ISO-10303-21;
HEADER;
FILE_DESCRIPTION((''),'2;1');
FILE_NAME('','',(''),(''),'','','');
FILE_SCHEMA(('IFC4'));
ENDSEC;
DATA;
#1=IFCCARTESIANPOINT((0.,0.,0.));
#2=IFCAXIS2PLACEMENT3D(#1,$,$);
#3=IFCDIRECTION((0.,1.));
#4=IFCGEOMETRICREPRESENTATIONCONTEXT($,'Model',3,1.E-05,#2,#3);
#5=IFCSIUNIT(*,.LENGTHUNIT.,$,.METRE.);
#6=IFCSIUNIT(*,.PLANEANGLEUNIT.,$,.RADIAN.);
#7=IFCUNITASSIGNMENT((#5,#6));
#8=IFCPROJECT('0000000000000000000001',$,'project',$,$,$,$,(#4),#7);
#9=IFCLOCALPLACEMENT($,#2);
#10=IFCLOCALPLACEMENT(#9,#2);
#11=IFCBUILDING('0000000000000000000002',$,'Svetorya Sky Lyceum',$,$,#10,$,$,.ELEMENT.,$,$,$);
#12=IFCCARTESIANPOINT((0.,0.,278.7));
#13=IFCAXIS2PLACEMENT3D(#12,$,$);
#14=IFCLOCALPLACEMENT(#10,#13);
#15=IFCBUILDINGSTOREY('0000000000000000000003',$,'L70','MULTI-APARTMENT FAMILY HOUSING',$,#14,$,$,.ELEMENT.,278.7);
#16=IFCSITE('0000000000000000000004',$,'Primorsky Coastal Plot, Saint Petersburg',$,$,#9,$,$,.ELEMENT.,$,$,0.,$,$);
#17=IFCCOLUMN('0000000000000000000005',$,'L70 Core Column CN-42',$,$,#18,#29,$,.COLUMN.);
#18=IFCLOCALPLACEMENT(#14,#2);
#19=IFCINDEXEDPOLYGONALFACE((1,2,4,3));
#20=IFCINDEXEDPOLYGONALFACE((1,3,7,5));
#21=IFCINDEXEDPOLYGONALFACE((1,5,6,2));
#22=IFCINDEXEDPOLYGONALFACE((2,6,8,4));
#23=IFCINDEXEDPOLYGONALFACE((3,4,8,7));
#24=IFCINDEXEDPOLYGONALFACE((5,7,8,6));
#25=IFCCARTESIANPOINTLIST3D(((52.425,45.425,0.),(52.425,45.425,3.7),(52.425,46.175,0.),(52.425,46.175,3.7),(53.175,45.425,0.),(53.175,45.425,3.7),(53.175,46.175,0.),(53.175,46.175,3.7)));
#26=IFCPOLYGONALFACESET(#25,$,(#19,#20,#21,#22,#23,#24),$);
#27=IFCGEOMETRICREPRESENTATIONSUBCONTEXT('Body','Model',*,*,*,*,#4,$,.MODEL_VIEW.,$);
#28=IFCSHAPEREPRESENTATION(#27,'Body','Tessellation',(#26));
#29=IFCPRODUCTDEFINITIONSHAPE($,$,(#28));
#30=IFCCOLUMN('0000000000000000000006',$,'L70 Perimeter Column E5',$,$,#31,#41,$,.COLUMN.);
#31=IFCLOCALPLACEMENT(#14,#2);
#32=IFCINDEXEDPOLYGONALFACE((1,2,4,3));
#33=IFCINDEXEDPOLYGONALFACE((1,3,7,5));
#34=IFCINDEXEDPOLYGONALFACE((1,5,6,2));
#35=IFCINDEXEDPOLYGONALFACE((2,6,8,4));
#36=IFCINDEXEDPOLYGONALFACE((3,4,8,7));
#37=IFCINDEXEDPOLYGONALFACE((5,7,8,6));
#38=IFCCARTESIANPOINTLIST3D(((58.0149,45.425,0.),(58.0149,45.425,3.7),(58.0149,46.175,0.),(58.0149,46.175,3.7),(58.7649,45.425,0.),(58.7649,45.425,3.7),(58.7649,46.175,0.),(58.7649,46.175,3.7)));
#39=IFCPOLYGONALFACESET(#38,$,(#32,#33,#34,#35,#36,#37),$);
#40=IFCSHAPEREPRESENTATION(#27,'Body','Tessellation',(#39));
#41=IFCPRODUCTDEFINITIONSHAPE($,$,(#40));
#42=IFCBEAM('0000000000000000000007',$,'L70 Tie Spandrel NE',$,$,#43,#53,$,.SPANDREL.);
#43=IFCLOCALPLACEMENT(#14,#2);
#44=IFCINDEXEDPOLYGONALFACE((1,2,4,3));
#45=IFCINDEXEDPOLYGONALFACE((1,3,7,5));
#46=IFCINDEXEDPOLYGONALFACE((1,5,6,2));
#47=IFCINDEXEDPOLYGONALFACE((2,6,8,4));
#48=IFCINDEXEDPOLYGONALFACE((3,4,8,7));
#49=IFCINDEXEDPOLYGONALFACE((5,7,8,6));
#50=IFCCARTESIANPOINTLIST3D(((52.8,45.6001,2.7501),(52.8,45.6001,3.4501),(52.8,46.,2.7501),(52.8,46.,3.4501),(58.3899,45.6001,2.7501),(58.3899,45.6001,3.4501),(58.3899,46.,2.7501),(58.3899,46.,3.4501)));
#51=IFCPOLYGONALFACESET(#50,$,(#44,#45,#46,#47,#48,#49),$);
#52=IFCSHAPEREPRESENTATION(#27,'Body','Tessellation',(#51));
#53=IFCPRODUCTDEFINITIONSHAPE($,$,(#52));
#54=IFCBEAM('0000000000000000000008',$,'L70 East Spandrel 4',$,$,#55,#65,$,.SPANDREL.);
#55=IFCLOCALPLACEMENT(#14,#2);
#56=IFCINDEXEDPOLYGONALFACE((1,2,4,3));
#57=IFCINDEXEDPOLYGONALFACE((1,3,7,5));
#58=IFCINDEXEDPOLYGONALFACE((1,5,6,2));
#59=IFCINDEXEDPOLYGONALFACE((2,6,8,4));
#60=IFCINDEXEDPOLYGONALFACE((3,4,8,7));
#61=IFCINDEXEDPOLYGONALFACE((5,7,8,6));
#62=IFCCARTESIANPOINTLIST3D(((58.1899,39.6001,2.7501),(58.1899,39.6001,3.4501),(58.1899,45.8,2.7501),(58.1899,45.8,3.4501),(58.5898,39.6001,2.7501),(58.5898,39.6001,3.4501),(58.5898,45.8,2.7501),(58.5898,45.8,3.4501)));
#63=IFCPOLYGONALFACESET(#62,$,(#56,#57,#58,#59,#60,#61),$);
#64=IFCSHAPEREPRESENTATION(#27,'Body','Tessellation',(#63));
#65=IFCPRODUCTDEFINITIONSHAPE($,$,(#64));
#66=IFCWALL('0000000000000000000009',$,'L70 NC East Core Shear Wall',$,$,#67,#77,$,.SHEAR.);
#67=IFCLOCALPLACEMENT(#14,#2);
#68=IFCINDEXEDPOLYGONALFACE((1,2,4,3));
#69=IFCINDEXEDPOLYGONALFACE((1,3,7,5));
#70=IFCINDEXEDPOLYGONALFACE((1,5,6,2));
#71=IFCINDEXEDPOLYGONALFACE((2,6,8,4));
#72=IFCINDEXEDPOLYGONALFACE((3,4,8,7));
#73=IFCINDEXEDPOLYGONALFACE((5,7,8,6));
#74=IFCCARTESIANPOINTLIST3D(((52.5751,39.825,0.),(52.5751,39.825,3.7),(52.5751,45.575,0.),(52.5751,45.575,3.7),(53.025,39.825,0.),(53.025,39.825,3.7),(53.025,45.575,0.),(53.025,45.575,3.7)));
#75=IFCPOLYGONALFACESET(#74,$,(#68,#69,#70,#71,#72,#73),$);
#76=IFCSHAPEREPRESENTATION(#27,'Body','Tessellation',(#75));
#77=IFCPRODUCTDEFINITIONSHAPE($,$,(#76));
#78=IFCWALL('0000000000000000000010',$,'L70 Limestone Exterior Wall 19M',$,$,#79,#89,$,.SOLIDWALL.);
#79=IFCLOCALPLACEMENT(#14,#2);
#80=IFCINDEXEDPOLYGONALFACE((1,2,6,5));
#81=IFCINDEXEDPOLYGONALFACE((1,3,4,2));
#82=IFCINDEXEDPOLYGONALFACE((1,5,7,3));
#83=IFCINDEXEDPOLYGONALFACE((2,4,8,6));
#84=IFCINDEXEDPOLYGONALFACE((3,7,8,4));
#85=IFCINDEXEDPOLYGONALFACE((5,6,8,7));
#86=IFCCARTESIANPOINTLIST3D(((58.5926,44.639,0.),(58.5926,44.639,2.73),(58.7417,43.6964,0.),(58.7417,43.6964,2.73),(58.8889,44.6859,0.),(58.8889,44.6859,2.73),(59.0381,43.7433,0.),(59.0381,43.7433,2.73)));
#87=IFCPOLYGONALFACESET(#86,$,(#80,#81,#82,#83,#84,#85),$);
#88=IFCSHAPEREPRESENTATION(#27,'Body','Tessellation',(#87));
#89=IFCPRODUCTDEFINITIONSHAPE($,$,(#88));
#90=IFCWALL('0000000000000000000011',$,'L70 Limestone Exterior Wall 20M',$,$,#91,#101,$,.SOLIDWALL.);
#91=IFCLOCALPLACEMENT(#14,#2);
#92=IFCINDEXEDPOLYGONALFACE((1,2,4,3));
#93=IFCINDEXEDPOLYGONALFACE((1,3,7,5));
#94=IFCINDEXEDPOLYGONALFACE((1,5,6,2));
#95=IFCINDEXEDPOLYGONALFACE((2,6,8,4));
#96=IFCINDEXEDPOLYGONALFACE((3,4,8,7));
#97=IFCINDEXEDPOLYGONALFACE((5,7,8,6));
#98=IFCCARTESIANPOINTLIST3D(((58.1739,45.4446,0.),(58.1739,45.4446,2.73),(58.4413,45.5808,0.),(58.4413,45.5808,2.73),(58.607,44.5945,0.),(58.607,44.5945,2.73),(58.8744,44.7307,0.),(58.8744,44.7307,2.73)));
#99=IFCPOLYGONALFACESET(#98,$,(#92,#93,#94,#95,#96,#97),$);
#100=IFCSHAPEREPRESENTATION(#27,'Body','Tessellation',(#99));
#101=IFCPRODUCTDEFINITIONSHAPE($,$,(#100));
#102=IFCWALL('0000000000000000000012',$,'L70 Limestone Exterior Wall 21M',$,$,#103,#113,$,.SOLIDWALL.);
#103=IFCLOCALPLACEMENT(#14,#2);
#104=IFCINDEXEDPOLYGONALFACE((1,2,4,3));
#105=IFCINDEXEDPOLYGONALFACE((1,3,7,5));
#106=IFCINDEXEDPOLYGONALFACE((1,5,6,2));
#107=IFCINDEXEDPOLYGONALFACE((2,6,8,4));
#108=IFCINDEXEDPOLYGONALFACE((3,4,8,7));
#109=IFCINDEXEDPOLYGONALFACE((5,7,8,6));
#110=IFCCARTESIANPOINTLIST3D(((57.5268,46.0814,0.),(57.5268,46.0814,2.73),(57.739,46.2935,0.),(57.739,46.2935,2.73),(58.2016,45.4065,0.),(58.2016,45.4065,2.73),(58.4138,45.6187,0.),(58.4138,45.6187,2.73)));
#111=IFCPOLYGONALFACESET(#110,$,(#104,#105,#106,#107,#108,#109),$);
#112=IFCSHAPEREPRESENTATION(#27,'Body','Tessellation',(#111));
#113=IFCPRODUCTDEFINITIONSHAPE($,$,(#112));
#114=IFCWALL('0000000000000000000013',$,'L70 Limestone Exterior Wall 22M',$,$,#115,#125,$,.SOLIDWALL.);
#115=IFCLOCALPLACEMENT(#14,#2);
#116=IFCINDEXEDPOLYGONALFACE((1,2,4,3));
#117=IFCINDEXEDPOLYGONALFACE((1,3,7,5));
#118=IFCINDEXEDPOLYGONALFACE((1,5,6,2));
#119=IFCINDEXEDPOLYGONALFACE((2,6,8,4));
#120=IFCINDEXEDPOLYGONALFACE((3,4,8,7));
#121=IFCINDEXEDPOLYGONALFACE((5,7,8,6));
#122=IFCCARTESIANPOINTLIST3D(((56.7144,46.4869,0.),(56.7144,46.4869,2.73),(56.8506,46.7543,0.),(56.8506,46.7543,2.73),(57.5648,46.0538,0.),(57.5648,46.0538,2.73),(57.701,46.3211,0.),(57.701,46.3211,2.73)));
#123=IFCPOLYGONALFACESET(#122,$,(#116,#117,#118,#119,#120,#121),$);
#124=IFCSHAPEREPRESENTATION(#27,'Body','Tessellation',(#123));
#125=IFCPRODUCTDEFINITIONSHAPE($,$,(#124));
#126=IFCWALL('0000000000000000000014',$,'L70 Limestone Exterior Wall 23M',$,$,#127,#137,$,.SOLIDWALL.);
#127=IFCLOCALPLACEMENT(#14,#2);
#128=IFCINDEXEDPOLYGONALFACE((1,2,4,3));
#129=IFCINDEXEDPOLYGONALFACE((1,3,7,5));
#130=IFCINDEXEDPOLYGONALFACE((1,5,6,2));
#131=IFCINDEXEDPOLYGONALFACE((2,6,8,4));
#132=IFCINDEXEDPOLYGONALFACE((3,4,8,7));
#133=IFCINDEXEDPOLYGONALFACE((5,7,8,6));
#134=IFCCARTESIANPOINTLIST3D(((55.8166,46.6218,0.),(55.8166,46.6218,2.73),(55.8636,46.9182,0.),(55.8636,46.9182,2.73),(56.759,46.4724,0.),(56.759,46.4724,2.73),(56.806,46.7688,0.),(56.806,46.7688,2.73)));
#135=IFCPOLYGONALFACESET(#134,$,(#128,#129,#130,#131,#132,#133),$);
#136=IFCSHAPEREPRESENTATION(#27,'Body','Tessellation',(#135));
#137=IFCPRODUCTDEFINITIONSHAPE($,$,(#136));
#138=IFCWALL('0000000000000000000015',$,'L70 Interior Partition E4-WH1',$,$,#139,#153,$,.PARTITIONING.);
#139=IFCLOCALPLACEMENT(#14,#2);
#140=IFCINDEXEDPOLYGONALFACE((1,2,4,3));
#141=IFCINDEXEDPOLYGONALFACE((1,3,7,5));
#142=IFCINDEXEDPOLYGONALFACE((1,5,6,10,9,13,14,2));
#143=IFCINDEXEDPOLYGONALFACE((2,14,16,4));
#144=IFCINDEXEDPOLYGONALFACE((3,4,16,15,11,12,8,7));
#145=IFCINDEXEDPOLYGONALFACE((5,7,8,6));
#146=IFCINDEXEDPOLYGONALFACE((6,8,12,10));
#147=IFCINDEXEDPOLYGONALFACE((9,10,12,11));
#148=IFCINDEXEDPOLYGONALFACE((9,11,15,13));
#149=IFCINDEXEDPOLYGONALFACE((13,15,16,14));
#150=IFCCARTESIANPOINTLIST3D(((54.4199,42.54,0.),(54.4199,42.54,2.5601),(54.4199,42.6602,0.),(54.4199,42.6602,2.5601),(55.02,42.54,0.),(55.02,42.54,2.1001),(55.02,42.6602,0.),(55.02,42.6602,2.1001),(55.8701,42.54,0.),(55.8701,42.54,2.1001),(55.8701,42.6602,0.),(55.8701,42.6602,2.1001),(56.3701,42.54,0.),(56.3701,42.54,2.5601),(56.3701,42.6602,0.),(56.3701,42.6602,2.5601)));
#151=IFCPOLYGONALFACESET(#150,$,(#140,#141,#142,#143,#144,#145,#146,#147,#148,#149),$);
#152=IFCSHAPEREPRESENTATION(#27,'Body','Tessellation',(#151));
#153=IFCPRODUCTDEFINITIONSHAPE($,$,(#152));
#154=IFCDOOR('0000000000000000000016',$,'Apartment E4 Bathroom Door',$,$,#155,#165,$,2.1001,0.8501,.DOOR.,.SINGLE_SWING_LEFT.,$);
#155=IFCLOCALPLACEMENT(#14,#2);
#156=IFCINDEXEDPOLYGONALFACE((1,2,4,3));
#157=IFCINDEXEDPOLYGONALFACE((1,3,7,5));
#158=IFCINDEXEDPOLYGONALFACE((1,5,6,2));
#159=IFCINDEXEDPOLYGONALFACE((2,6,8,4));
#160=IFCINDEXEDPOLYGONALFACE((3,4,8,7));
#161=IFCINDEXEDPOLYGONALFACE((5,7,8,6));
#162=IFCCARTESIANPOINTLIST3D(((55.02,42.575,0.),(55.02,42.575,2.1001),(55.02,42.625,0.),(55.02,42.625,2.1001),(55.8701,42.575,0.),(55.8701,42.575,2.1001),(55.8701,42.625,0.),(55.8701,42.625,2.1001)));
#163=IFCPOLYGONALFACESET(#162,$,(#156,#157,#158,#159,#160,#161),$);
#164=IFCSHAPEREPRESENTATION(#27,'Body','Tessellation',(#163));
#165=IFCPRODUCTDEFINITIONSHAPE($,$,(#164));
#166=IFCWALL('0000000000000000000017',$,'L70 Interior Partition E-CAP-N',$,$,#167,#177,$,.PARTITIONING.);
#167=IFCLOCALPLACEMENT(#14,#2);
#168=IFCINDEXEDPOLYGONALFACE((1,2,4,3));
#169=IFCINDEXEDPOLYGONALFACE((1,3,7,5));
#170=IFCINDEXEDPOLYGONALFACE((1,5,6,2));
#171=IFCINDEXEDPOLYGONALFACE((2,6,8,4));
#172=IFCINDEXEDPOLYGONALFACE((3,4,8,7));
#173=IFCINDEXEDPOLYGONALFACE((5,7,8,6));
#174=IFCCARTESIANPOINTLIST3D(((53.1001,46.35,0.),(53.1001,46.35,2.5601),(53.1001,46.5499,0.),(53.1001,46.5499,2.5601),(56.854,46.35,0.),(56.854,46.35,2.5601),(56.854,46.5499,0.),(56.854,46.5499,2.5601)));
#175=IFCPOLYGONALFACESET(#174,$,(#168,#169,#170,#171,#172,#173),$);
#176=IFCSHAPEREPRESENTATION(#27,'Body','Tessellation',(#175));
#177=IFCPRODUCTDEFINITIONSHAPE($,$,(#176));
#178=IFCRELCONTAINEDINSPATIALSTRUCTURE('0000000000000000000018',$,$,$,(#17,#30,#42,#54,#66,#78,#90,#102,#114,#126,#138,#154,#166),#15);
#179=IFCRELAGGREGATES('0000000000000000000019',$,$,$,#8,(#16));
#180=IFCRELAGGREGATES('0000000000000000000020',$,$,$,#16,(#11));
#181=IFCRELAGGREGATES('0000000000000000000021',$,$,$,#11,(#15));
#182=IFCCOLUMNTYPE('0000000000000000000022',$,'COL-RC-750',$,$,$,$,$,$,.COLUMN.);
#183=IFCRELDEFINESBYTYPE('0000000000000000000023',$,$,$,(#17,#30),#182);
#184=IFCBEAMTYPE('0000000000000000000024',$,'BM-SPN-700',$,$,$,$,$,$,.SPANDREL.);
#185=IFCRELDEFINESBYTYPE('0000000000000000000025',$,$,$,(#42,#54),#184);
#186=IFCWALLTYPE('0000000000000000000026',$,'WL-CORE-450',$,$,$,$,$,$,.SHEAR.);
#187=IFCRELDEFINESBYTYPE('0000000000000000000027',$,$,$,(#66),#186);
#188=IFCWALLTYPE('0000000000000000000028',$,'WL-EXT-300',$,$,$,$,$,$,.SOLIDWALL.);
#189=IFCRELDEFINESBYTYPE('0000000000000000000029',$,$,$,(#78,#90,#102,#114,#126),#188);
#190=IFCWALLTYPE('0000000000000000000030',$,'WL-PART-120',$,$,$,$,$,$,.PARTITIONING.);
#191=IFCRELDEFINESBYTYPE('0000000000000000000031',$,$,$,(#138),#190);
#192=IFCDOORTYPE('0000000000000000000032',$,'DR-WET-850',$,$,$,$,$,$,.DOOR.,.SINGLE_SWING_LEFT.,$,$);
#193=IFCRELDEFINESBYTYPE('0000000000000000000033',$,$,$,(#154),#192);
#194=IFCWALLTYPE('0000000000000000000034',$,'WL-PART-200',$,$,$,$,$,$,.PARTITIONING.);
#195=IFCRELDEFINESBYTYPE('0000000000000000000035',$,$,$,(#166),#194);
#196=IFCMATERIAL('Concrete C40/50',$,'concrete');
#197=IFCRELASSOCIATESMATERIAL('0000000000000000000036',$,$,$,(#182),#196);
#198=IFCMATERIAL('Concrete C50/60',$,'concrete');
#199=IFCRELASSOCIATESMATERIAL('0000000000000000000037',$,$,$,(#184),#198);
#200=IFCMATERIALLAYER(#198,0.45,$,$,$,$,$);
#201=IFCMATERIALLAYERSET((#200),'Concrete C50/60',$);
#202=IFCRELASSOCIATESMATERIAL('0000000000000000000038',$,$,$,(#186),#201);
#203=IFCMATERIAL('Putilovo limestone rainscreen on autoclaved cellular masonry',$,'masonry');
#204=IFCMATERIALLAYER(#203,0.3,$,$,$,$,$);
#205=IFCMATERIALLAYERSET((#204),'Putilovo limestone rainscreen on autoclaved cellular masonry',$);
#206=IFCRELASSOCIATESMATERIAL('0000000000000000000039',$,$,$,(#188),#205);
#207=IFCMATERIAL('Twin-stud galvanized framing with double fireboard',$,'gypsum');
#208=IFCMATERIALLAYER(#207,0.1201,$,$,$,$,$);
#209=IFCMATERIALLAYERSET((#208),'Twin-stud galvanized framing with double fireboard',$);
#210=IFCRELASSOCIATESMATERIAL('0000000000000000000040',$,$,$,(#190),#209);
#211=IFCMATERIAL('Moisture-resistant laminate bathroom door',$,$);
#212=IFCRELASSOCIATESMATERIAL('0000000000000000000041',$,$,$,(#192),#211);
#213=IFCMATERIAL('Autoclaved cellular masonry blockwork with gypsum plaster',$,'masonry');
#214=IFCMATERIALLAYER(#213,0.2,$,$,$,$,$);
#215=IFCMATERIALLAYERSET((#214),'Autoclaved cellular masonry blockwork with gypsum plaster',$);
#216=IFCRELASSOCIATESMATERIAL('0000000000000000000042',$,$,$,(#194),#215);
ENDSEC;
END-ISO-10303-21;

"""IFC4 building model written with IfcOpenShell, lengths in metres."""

from ifc_helpers import new_model, si_unit, direction, frame, frame_2d, origin, origin_2d, place, context, subcontext, project, spatial, rectangle, extrude, material, layer, layer_set, material_profile, profile_set, type_object, element, fill, save


model = new_model("IFC4")

# Units and contexts
model_context = context("Model", 3, precision=1e-05, world=origin(), true_north=direction((0.0, 1.0)))
body_context = subcontext(model_context, "Body", "Model", "MODEL_VIEW")
ifc_project = project(units=[si_unit("LENGTHUNIT", "METRE"), si_unit("PLANEANGLEUNIT", "RADIAN")], contexts=[model_context])

# Site, building, storey
site_placement = place(None, origin())
site = spatial("IfcSite", under=ifc_project, at=site_placement, Name="Primorsky Coastal Plot, Saint Petersburg", CompositionType="ELEMENT", RefElevation=0.0)
building_placement = place(site_placement, origin())
building = spatial("IfcBuilding", under=site, at=building_placement, Name="Svetorya Sky Lyceum", CompositionType="ELEMENT")
storey_placement = place(building_placement, frame((0.0, 0.0, 278.7)))
storey = spatial("IfcBuildingStorey", under=building, at=storey_placement, Name="L70", Description="MULTI-APARTMENT FAMILY HOUSING", CompositionType="ELEMENT", Elevation=278.7)

# Columns
ifc_material_1 = material(Name="Concrete C40/50", Category="concrete")
ifc_material_profile_1 = material_profile(ifc_material_1, rectangle(XDim=0.75, YDim=0.75, at=origin_2d()), Name="RC COL 750x750")
ifc_profile_set_1 = profile_set([ifc_material_profile_1], Name="Concrete C40/50")
column_type = type_object("IfcColumnType", Name="COL-RC-750", PredefinedType="COLUMN", material=ifc_profile_set_1)
for number, where, z_axis, x_axis, name in (
    (1, (52.8, 45.8, 0.0), (0.0, 0.0, 1.0), (1.0, 0.0, 0.0), "L70 Core Column CN-42"),
    (2, (58.3899, 45.8, 0.0), (0.0, 0.0, 1.0), (1.0, 0.0, 0.0), "L70 Perimeter Column E5"),
):
    element("IfcColumn", number, at=place(storey_placement, frame(where, z_axis=z_axis, x_axis=x_axis)), inside=storey, type_object=column_type, Name=name, PredefinedType="COLUMN", context=body_context, shape_type="SweptSolid", body=[
        extrude(rectangle(XDim=0.75, YDim=0.75, at=origin_2d()), origin(), (0.0, 0.0, 1.0), 3.7),
    ])

# Beams
ifc_material_2 = material(Name="Concrete C50/60", Category="concrete")
ifc_material_profile_2 = material_profile(ifc_material_2, rectangle(XDim=0.3999, YDim=0.7, at=origin_2d()), Name="RC SPANDREL 400x700")
ifc_profile_set_2 = profile_set([ifc_material_profile_2], Name="Concrete C50/60")
beam_type = type_object("IfcBeamType", Name="BM-SPN-700", PredefinedType="SPANDREL", material=ifc_profile_set_2)
beam_1_placement = place(storey_placement, frame((52.8, 45.8, 3.1001), z_axis=(1.0, 0.0, 0.0), x_axis=(0.0, 1.0, 0.0)))
element("IfcBeam", 3, at=beam_1_placement, inside=storey, type_object=beam_type, Name="L70 Tie Spandrel NE", PredefinedType="SPANDREL", context=body_context, shape_type="SweptSolid", body=[
    extrude(rectangle(XDim=0.3999, YDim=0.7, at=origin_2d()), origin(), (0.0, 0.0, 1.0), 5.5898),
])
beam_2_placement = place(storey_placement, frame((58.3899, 39.6001, 3.1001), z_axis=(0.0, 1.0, 0.0), x_axis=(-1.0, 0.0, 0.0)))
element("IfcBeam", 4, at=beam_2_placement, inside=storey, type_object=beam_type, Name="L70 East Spandrel 4", PredefinedType="SPANDREL", context=body_context, shape_type="SweptSolid", body=[
    extrude(rectangle(XDim=0.3999, YDim=0.7, at=origin_2d()), origin(), (0.0, 0.0, 1.0), 6.2),
])

# Walls
ifc_layer_1 = layer(ifc_material_2, 0.45)
ifc_layer_set_1 = layer_set([ifc_layer_1], Name="Concrete C50/60")
wall_type_1 = type_object("IfcWallType", Name="WL-CORE-450", PredefinedType="SHEAR", material=ifc_layer_set_1)
wall_1_placement = place(storey_placement, frame((52.8, 39.825, 0.0), z_axis=(0.0, 0.0, 1.0), x_axis=(0.0, 1.0, 0.0)))
element("IfcWall", 5, at=wall_1_placement, inside=storey, type_object=wall_type_1, Name="L70 NC East Core Shear Wall", PredefinedType="SHEAR", context=body_context, shape_type="SweptSolid", body=[
    extrude(rectangle(XDim=5.75, YDim=0.45, at=frame_2d((2.875, 0.0))), origin(), (0.0, 0.0, 1.0), 3.7),
])
ifc_material_3 = material(Name="Putilovo limestone rainscreen on autoclaved cellular masonry", Category="masonry")
ifc_layer_2 = layer(ifc_material_3, 0.3)
ifc_layer_set_2 = layer_set([ifc_layer_2], Name="Putilovo limestone rainscreen on autoclaved cellular masonry")
wall_type_2 = type_object("IfcWallType", Name="WL-EXT-300", PredefinedType="SOLIDWALL", material=ifc_layer_set_2)
wall_2_placement = place(storey_placement, frame((58.8899, 43.72, 0.0), z_axis=(0.0, 0.0, 1.0), x_axis=(-0.156304, 0.987709, 0.0)))
element("IfcWall", 6, at=wall_2_placement, inside=storey, type_object=wall_type_2, Name="L70 Limestone Exterior Wall 19M", PredefinedType="SOLIDWALL", context=body_context, shape_type="SweptSolid", body=[
    extrude(rectangle(XDim=0.9543, YDim=0.3, at=frame_2d((0.4771, 0.0))), origin(), (0.0, 0.0, 1.0), 2.73),
])
wall_3_placement = place(storey_placement, frame((58.7407, 44.6626, 0.0), z_axis=(0.0, 0.0, 1.0), x_axis=(-0.453956, 0.891024, 0.0)))
element("IfcWall", 7, at=wall_3_placement, inside=storey, type_object=wall_type_2, Name="L70 Limestone Exterior Wall 20M", PredefinedType="SOLIDWALL", context=body_context, shape_type="SweptSolid", body=[
    extrude(rectangle(XDim=0.9541, YDim=0.3, at=frame_2d((0.4771, 0.0))), origin(), (0.0, 0.0, 1.0), 2.73),
])
for number, where, z_axis, x_axis, name in (
    (8, (58.3076, 45.5127, 0.0), (0.0, 0.0, 1.0), (-0.707107, 0.707107, 0.0), "L70 Limestone Exterior Wall 21M"),
    (9, (57.6328, 46.1875, 0.0), (0.0, 0.0, 1.0), (-0.891077, 0.453853, 0.0), "L70 Limestone Exterior Wall 22M"),
):
    element("IfcWall", number, at=place(storey_placement, frame(where, z_axis=z_axis, x_axis=x_axis)), inside=storey, type_object=wall_type_2, Name=name, PredefinedType="SOLIDWALL", context=body_context, shape_type="SweptSolid", body=[
        extrude(rectangle(XDim=0.9543, YDim=0.3, at=frame_2d((0.4771, 0.0))), origin(), (0.0, 0.0, 1.0), 2.73),
    ])
wall_4_placement = place(storey_placement, frame((56.7825, 46.6206, 0.0), z_axis=(0.0, 0.0, 1.0), x_axis=(-0.987663, 0.156593, 0.0)))
element("IfcWall", 10, at=wall_4_placement, inside=storey, type_object=wall_type_2, Name="L70 Limestone Exterior Wall 23M", PredefinedType="SOLIDWALL", context=body_context, shape_type="SweptSolid", body=[
    extrude(rectangle(XDim=0.9541, YDim=0.3, at=frame_2d((0.4771, 0.0))), origin(), (0.0, 0.0, 1.0), 2.73),
])

# Wall, opening, door
ifc_material_4 = material(Name="Twin-stud galvanized framing with double fireboard", Category="gypsum")
ifc_layer_3 = layer(ifc_material_4, 0.1201)
ifc_layer_set_3 = layer_set([ifc_layer_3], Name="Twin-stud galvanized framing with double fireboard")
wall_type_3 = type_object("IfcWallType", Name="WL-PART-120", PredefinedType="PARTITIONING", material=ifc_layer_set_3)
wall_5_placement = place(storey_placement, frame((54.4199, 42.6001, 0.0), z_axis=(0.0, 0.0, 1.0), x_axis=(1.0, 0.0, 0.0)))
wall_5 = element("IfcWall", 11, at=wall_5_placement, inside=storey, type_object=wall_type_3, Name="L70 Interior Partition E4-WH1", PredefinedType="PARTITIONING", context=body_context, shape_type="SweptSolid", body=[
    extrude(rectangle(XDim=1.9502, YDim=0.1201, at=frame_2d((0.9751, 0.0))), origin(), (0.0, 0.0, 1.0), 2.5601),
])
opening_1_placement = place(wall_5_placement, frame((0.6001, 0.0, 0.0)))
opening_1 = element("IfcOpeningElement", 12, at=opening_1_placement, cuts=wall_5, PredefinedType="OPENING", context=body_context, shape_type="SweptSolid", body=[
    extrude(rectangle(XDim=0.8501, YDim=2.1001, at=frame_2d((0.425, 1.05))), frame((0.0, 0.0701, 0.0), z_axis=(0.0, -1.0, 0.0), x_axis=(1.0, 0.0, 0.0)), (0.0, 0.0, 1.0), 0.1401),
])
ifc_material_5 = material(Name="Moisture-resistant laminate bathroom door")
door_type = type_object("IfcDoorType", Name="DR-WET-850", OperationType="SINGLE_SWING_LEFT", PredefinedType="DOOR", material=ifc_material_5)
door_placement = place(opening_1_placement, origin())
door = element("IfcDoor", 13, at=door_placement, inside=storey, type_object=door_type, Name="Apartment E4 Bathroom Door", OperationType="SINGLE_SWING_LEFT", OverallHeight=2.1001, OverallWidth=0.8501, PredefinedType="DOOR", context=body_context, shape_type="SweptSolid", body=[
    extrude(rectangle(XDim=0.8501, YDim=2.1001, at=frame_2d((0.425, 1.05))), frame((0.0, 0.0249, 0.0), z_axis=(0.0, -1.0, 0.0), x_axis=(1.0, 0.0, 0.0)), (0.0, 0.0, 1.0), 0.05),
])
fill(opening_1, door)

# Wall
ifc_material_6 = material(Name="Autoclaved cellular masonry blockwork with gypsum plaster", Category="masonry")
ifc_layer_4 = layer(ifc_material_6, 0.2)
ifc_layer_set_4 = layer_set([ifc_layer_4], Name="Autoclaved cellular masonry blockwork with gypsum plaster")
wall_type_4 = type_object("IfcWallType", Name="WL-PART-200", PredefinedType="PARTITIONING", material=ifc_layer_set_4)
wall_6_placement = place(storey_placement, frame((53.1001, 46.45, 0.0), z_axis=(0.0, 0.0, 1.0), x_axis=(1.0, 0.0, 0.0)))
element("IfcWall", 14, at=wall_6_placement, inside=storey, type_object=wall_type_4, Name="L70 Interior Partition E-CAP-N", PredefinedType="PARTITIONING", context=body_context, shape_type="SweptSolid", body=[
    extrude(rectangle(XDim=3.7539, YDim=0.2, at=frame_2d((1.877, 0.0))), origin(), (0.0, 0.0, 1.0), 2.5601),
])

save(model, "model.ifc")
